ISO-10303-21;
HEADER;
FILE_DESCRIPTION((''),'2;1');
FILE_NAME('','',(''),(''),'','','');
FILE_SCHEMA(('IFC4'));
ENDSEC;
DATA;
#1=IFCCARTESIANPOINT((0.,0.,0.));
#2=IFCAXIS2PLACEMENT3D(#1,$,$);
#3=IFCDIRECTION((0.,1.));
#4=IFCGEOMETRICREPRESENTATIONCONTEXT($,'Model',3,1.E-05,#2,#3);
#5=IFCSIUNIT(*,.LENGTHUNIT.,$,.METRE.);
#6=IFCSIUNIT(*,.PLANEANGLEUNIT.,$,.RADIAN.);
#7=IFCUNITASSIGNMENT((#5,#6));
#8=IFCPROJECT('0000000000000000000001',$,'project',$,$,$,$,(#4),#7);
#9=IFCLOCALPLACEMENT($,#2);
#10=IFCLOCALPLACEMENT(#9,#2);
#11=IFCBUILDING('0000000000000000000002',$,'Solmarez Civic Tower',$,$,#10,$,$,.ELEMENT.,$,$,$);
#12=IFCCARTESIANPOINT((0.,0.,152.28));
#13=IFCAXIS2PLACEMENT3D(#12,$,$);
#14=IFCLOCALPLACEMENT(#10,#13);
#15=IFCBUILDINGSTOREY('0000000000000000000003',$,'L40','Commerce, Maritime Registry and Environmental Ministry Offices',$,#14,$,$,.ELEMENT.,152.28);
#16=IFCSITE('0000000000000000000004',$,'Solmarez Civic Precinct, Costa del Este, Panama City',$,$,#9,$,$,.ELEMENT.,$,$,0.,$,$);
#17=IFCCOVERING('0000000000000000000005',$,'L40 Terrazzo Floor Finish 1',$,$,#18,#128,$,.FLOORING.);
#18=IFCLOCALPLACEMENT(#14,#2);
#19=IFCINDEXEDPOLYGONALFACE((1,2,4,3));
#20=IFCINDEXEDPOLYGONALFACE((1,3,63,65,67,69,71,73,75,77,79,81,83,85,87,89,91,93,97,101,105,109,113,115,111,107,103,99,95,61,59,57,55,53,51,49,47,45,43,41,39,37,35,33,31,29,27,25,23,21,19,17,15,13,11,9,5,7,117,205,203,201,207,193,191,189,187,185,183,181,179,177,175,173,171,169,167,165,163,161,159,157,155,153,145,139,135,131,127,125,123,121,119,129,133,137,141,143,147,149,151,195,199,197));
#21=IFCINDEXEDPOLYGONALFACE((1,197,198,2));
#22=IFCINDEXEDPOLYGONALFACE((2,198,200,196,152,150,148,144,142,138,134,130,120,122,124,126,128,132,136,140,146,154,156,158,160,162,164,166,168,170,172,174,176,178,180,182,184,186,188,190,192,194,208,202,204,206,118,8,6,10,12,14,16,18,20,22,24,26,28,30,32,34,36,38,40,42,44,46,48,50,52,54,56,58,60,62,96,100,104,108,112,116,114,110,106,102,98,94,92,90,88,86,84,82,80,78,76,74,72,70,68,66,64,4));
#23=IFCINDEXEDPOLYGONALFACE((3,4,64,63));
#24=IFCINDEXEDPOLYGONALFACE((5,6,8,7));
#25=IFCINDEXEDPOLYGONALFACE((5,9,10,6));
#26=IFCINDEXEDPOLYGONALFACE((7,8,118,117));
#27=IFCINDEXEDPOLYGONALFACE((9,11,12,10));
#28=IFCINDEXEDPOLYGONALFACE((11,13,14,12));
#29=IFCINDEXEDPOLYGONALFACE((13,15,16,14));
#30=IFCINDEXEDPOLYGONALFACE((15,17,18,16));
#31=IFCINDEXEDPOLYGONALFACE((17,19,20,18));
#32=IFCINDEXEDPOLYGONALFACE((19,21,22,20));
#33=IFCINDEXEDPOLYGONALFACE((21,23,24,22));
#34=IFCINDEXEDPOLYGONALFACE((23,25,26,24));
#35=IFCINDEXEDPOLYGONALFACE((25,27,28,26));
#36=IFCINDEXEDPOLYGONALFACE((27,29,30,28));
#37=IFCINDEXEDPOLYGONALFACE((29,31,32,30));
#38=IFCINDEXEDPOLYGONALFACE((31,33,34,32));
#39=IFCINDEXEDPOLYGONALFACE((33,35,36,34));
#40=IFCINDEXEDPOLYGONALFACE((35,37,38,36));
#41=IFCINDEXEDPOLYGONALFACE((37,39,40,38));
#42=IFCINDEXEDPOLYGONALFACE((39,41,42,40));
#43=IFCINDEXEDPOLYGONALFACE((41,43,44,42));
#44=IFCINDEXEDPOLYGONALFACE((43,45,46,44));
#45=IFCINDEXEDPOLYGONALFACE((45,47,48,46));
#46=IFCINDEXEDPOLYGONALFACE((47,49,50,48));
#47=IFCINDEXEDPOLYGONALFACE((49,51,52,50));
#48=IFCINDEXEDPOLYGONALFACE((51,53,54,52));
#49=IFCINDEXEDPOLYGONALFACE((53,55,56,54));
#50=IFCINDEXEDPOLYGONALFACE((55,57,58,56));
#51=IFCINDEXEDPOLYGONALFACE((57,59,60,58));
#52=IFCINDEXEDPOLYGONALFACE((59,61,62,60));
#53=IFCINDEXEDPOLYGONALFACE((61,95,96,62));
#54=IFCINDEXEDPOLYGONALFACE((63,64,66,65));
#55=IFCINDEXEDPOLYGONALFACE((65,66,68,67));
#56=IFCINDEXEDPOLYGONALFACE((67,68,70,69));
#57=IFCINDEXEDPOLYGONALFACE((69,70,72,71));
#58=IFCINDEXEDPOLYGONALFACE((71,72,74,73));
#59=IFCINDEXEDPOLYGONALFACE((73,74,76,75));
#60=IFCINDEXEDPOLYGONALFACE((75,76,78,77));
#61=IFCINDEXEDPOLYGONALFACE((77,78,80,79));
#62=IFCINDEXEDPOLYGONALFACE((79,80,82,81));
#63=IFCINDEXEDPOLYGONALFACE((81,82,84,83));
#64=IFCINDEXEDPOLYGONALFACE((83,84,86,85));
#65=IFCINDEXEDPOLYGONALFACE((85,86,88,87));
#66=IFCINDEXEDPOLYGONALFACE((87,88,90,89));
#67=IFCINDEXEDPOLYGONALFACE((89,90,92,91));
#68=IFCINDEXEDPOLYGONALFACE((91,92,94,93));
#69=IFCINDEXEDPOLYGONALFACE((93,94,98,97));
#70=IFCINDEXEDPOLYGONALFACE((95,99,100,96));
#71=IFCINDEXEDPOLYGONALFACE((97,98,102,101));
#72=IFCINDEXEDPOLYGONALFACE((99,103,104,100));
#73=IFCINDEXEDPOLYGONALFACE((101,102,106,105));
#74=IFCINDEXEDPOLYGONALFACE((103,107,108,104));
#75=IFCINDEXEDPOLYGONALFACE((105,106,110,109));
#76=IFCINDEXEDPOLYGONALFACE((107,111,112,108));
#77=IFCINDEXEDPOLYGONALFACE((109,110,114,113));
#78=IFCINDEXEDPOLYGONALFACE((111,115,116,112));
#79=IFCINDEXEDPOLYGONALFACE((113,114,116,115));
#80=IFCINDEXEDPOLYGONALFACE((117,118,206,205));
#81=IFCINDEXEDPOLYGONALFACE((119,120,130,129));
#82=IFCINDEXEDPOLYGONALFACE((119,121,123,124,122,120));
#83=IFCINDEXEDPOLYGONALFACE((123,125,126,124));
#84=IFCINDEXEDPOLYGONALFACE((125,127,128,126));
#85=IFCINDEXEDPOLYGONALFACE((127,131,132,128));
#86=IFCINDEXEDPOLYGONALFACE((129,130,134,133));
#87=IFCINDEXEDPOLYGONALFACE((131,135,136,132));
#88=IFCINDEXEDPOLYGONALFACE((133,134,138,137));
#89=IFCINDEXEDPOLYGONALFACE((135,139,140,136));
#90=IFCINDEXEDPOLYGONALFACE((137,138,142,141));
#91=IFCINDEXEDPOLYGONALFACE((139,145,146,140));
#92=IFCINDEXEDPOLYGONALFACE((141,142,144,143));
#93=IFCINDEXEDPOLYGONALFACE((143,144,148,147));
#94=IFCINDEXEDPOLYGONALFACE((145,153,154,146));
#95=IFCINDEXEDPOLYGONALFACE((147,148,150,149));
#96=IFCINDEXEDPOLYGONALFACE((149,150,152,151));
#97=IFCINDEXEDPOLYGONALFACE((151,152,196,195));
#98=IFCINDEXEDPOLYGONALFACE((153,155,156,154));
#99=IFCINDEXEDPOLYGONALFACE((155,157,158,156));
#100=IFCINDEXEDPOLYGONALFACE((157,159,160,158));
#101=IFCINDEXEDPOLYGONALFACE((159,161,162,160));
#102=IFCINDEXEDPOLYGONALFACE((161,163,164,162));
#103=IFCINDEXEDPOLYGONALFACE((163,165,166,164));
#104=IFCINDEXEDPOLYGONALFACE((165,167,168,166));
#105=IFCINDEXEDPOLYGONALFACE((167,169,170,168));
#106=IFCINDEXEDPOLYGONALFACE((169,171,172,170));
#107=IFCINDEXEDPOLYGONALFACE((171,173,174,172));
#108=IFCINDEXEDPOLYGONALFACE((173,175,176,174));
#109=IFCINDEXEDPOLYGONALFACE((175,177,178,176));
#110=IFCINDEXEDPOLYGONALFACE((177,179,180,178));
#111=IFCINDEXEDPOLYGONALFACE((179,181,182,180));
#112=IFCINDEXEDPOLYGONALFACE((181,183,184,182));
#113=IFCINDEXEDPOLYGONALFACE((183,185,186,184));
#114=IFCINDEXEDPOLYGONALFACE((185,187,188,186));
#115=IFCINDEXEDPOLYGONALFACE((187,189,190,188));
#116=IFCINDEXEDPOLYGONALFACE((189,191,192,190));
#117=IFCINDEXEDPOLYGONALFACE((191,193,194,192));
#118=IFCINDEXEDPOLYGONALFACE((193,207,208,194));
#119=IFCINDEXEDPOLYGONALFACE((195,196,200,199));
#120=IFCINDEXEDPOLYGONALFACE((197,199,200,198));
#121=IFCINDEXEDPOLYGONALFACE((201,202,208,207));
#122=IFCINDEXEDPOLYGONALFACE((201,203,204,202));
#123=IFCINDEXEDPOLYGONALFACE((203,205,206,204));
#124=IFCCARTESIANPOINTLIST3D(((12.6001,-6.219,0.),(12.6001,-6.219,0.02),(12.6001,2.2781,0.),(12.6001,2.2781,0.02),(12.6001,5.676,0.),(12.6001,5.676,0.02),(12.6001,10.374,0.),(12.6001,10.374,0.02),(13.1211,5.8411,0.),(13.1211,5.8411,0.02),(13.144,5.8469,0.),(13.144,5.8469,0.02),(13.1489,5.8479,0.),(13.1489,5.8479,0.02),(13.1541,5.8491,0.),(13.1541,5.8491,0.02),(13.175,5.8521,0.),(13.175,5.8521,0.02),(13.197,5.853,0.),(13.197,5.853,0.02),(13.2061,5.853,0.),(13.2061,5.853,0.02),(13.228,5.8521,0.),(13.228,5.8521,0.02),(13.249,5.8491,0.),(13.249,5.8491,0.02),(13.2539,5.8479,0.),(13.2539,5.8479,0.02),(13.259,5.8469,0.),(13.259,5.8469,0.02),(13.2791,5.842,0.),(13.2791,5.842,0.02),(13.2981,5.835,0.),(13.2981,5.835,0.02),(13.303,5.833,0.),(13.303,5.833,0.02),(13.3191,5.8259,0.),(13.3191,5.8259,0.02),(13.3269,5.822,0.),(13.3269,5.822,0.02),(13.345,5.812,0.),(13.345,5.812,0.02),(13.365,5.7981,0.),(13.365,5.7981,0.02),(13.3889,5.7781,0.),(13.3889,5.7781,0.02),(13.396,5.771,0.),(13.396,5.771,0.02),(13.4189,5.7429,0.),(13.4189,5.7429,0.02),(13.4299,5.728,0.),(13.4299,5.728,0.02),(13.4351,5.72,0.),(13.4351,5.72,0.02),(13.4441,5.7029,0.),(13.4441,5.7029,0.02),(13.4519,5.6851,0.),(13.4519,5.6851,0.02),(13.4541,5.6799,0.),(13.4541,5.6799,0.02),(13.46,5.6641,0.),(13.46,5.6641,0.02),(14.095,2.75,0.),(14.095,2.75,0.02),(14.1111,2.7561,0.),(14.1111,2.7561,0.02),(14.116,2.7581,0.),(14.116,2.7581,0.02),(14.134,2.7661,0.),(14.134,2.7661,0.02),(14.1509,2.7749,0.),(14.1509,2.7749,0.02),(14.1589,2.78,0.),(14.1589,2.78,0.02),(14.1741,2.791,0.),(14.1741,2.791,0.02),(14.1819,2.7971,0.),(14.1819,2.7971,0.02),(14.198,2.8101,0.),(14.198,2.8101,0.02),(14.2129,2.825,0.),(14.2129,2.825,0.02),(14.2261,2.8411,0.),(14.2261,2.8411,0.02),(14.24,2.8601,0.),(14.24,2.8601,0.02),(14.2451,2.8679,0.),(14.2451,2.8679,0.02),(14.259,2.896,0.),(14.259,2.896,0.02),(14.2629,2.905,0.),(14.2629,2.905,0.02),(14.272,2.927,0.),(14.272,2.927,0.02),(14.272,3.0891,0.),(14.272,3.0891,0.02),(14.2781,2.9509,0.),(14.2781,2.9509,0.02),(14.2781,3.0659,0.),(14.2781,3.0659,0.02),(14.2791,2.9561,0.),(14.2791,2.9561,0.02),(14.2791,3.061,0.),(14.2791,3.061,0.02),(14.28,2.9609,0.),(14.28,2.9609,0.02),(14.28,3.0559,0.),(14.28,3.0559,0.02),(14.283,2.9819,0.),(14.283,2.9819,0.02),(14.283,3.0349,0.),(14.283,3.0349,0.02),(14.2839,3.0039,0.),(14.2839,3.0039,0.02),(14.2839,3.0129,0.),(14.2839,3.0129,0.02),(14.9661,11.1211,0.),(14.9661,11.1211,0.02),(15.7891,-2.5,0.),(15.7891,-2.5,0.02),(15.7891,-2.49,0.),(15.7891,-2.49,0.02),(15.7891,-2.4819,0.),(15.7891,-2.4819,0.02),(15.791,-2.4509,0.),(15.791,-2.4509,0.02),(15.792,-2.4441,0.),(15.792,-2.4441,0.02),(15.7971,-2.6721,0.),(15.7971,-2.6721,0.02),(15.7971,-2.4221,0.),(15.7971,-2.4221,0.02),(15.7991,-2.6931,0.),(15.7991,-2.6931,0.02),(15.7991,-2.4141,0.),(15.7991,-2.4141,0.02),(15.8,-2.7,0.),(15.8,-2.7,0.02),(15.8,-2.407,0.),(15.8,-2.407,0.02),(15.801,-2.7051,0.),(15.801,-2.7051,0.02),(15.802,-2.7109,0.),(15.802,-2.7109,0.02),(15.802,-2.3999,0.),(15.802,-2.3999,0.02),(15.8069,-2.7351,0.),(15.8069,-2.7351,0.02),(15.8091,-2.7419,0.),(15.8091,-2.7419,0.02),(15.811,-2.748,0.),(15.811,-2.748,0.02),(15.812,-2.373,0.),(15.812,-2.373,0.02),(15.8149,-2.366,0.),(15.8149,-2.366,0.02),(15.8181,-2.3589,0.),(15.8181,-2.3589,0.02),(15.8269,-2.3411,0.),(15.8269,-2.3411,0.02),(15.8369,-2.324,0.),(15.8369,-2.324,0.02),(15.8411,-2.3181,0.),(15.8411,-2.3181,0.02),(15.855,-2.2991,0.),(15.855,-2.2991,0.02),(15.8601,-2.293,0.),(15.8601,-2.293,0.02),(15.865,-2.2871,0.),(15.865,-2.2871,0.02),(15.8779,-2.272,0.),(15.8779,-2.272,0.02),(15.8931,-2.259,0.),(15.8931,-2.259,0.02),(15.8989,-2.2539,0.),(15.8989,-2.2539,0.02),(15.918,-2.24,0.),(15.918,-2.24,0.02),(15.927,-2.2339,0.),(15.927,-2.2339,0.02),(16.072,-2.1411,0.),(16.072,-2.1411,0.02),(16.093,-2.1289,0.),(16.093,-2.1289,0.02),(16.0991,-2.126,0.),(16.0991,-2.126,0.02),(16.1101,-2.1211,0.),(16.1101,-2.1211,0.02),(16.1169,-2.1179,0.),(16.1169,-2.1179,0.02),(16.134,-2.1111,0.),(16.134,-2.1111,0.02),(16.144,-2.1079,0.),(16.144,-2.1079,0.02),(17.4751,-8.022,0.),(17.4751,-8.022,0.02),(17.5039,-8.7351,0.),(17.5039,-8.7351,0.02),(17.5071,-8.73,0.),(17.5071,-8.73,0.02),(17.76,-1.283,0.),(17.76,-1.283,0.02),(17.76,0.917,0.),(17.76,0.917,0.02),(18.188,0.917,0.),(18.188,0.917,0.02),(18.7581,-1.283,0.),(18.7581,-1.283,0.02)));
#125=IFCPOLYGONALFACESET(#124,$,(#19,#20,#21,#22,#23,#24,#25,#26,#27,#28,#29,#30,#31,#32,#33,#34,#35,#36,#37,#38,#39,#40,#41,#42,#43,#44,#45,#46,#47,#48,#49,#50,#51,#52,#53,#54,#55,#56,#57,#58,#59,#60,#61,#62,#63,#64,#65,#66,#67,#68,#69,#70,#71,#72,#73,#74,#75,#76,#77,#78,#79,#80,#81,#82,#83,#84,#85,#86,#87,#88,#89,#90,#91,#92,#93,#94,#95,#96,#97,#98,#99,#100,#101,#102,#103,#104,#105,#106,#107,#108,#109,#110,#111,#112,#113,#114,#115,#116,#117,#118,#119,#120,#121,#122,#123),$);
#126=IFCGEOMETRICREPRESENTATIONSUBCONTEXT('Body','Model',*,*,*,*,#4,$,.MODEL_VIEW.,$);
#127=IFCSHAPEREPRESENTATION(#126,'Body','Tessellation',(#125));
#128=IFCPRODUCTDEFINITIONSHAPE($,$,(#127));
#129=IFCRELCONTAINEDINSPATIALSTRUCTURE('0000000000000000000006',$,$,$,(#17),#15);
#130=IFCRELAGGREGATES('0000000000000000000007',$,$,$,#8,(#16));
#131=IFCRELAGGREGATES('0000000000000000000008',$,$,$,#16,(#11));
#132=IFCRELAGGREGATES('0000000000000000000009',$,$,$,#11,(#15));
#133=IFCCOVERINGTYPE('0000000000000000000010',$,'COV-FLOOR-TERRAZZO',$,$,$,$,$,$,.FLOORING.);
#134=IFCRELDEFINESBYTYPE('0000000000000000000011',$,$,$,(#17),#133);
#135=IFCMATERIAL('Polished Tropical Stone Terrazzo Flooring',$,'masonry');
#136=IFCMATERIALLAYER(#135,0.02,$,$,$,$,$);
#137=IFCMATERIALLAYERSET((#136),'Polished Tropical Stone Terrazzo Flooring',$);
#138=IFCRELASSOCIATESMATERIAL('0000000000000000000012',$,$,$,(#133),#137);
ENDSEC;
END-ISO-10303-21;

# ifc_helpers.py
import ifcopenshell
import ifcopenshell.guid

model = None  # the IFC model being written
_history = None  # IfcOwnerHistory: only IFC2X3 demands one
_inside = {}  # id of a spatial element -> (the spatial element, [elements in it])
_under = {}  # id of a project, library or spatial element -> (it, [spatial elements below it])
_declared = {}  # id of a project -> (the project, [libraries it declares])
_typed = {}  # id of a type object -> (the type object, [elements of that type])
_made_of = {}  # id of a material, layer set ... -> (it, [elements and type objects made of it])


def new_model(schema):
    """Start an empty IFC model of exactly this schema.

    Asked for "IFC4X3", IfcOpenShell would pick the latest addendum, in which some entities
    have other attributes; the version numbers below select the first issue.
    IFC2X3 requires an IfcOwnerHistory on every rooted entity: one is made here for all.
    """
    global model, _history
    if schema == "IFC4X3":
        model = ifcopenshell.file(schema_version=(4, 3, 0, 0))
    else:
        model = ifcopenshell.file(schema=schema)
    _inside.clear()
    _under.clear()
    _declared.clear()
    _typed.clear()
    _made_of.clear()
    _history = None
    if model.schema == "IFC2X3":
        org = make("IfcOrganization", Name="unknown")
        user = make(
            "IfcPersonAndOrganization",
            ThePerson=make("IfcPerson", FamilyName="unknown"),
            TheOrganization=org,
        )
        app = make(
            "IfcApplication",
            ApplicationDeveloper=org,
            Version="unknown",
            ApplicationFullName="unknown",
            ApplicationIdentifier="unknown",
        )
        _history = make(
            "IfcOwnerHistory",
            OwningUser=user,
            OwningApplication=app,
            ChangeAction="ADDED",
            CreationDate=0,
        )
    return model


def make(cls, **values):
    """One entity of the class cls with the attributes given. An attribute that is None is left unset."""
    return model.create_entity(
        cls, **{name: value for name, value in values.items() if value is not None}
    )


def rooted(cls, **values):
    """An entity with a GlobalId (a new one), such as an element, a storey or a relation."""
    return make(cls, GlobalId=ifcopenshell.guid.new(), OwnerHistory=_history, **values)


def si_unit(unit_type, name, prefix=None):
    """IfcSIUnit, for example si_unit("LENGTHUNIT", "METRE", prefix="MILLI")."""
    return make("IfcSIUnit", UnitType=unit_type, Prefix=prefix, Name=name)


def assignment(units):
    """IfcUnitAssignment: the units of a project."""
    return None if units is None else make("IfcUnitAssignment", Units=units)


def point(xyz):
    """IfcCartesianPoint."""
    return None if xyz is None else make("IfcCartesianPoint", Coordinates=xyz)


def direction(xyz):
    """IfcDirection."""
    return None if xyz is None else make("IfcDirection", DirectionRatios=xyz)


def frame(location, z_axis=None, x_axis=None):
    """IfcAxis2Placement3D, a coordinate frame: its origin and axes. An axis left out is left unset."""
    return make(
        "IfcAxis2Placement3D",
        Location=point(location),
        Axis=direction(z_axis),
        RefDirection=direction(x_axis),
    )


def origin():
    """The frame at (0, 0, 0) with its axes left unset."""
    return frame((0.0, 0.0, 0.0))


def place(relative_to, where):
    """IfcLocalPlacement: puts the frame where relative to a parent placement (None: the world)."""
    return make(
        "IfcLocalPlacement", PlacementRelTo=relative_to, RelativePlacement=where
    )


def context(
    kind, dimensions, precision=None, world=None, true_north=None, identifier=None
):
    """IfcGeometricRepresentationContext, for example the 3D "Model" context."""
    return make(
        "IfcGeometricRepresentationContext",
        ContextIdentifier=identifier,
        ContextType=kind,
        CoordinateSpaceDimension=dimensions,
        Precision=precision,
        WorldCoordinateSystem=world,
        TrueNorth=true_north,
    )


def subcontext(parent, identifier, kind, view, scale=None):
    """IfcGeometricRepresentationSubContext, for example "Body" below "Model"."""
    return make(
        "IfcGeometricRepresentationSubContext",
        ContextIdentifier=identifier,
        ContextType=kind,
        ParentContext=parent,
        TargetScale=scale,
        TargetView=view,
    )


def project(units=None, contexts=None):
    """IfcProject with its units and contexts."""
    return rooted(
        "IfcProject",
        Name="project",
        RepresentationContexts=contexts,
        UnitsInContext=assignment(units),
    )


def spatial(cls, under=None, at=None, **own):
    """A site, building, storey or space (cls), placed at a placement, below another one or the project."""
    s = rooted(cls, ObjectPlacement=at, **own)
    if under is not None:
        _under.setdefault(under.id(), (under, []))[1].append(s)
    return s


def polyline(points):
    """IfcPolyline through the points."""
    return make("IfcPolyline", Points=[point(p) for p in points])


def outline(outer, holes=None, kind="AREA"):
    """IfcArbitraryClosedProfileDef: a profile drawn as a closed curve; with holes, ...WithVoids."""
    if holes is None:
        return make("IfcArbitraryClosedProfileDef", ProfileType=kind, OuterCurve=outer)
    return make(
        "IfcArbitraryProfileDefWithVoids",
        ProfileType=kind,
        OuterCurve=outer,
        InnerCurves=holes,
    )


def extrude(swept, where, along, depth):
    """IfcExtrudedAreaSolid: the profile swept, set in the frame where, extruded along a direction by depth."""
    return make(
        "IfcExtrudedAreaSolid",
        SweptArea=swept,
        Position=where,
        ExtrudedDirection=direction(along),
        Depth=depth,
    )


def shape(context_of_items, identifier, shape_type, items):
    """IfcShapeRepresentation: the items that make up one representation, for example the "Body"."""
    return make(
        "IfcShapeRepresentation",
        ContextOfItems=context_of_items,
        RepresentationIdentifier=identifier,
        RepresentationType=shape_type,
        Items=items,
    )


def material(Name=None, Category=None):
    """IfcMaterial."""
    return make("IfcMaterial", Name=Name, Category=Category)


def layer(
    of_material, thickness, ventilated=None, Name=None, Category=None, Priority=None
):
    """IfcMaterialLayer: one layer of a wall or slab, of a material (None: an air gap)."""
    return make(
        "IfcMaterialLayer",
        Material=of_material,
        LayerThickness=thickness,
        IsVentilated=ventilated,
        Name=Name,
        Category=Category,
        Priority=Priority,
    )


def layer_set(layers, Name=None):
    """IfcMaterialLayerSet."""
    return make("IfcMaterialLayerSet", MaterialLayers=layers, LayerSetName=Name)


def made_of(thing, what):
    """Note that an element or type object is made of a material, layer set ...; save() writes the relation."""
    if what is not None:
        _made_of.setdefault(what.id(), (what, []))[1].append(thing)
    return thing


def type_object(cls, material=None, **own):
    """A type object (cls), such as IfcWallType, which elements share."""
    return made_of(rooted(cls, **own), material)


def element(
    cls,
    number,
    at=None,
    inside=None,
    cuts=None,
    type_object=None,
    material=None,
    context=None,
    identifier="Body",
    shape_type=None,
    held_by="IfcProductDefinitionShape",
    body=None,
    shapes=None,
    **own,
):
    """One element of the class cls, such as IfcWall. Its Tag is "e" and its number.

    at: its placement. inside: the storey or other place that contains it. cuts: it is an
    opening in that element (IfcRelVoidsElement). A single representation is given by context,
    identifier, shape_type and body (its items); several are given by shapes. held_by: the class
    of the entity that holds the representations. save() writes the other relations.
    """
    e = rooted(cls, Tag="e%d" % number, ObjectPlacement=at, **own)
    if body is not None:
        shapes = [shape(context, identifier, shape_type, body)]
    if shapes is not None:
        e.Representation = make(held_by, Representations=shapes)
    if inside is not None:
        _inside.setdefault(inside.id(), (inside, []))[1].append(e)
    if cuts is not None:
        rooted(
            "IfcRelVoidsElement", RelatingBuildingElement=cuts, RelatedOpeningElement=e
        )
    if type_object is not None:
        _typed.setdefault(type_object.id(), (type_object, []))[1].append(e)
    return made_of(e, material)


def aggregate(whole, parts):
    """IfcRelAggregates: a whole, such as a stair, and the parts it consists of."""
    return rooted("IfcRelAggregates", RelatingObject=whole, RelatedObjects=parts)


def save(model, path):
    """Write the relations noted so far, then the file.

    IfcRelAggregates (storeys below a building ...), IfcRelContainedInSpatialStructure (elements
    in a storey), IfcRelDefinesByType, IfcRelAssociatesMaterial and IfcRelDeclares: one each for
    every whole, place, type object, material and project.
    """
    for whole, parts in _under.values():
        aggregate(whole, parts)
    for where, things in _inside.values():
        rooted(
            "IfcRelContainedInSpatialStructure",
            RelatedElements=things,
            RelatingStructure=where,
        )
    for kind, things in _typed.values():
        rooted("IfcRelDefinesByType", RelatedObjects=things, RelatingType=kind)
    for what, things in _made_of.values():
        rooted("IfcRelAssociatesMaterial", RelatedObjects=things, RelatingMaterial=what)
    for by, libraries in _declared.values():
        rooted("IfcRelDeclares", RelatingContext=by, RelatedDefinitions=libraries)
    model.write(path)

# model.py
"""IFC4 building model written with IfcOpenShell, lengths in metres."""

from ifc_helpers import new_model, si_unit, direction, frame, origin, place, context, subcontext, project, spatial, polyline, outline, extrude, material, layer, layer_set, type_object, element, save


model = new_model("IFC4")

# Units and contexts
model_context = context("Model", 3, precision=1e-05, world=origin(), true_north=direction((0.0, 1.0)))
body_context = subcontext(model_context, "Body", "Model", "MODEL_VIEW")
ifc_project = project(units=[si_unit("LENGTHUNIT", "METRE"), si_unit("PLANEANGLEUNIT", "RADIAN")], contexts=[model_context])

# Site, building, storey
site_placement = place(None, origin())
site = spatial("IfcSite", under=ifc_project, at=site_placement, Name="Solmarez Civic Precinct, Costa del Este, Panama City", CompositionType="ELEMENT", RefElevation=0.0)
building_placement = place(site_placement, origin())
building = spatial("IfcBuilding", under=site, at=building_placement, Name="Solmarez Civic Tower", CompositionType="ELEMENT")
storey_placement = place(building_placement, frame((0.0, 0.0, 152.28)))
storey = spatial("IfcBuildingStorey", under=building, at=storey_placement, Name="L40", Description="Commerce, Maritime Registry and Environmental Ministry Offices", CompositionType="ELEMENT", Elevation=152.28)

# Covering
ifc_material_1 = material(Name="Polished Tropical Stone Terrazzo Flooring", Category="masonry")
ifc_layer_1 = layer(ifc_material_1, 0.02)
ifc_layer_set_1 = layer_set([ifc_layer_1], Name="Polished Tropical Stone Terrazzo Flooring")
covering_type_1 = type_object("IfcCoveringType", Name="COV-FLOOR-TERRAZZO", PredefinedType="FLOORING", material=ifc_layer_set_1)
covering_1_placement = place(storey_placement, origin())
element("IfcCovering", 1, at=covering_1_placement, inside=storey, type_object=covering_type_1, Name="L40 Terrazzo Floor Finish 1", PredefinedType="FLOORING", context=body_context, shape_type="SweptSolid", body=[
    extrude(outline(polyline([(12.6001, 10.374), (12.6001, 5.676), (13.1211, 5.8411), (13.144, 5.8469), (13.1489, 5.8479), (13.1541, 5.8491), (13.175, 5.8521), (13.197, 5.853), (13.2061, 5.853), (13.228, 5.8521), (13.249, 5.8491), (13.2539, 5.8479), (13.259, 5.8469), (13.2791, 5.842), (13.2981, 5.835), (13.303, 5.833), (13.3191, 5.8259), (13.3269, 5.822), (13.345, 5.812), (13.365, 5.7981), (13.3889, 5.7781), (13.396, 5.771), (13.4189, 5.7429), (13.4299, 5.728), (13.4351, 5.72), (13.4441, 5.7029), (13.4519, 5.6851), (13.4541, 5.6799), (13.46, 5.6641), (14.272, 3.0891), (14.2781, 3.0659), (14.2791, 3.061), (14.28, 3.0559), (14.283, 3.0349), (14.2839, 3.0129), (14.2839, 3.0039), (14.283, 2.9819), (14.28, 2.9609), (14.2791, 2.9561), (14.2781, 2.9509), (14.272, 2.927), (14.2629, 2.905), (14.259, 2.896), (14.2451, 2.8679), (14.24, 2.8601), (14.2261, 2.8411), (14.2129, 2.825), (14.198, 2.8101), (14.1819, 2.7971), (14.1741, 2.791), (14.1589, 2.78), (14.1509, 2.7749), (14.134, 2.7661), (14.116, 2.7581), (14.1111, 2.7561), (14.095, 2.75), (12.6001, 2.2781), (12.6001, -6.219), (17.5039, -8.7351), (17.5071, -8.73), (17.4751, -8.022), (15.811, -2.748), (15.8091, -2.7419), (15.8069, -2.7351), (15.802, -2.7109), (15.801, -2.7051), (15.8, -2.7), (15.7991, -2.6931), (15.7971, -2.6721), (15.7891, -2.5), (15.7891, -2.49), (15.7891, -2.4819), (15.791, -2.4509), (15.792, -2.4441), (15.7971, -2.4221), (15.7991, -2.4141), (15.8, -2.407), (15.802, -2.3999), (15.812, -2.373), (15.8149, -2.366), (15.8181, -2.3589), (15.8269, -2.3411), (15.8369, -2.324), (15.8411, -2.3181), (15.855, -2.2991), (15.8601, -2.293), (15.865, -2.2871), (15.8779, -2.272), (15.8931, -2.259), (15.8989, -2.2539), (15.918, -2.24), (15.927, -2.2339), (16.072, -2.1411), (16.093, -2.1289), (16.0991, -2.126), (16.1101, -2.1211), (16.1169, -2.1179), (16.134, -2.1111), (16.144, -2.1079), (18.7581, -1.283), (17.76, -1.283), (17.76, 0.917), (18.188, 0.917), (14.9661, 11.1211), (12.6001, 10.374)])), origin(), (0.0, 0.0, 1.0), 0.02),
])

save(model, "model.ifc")
